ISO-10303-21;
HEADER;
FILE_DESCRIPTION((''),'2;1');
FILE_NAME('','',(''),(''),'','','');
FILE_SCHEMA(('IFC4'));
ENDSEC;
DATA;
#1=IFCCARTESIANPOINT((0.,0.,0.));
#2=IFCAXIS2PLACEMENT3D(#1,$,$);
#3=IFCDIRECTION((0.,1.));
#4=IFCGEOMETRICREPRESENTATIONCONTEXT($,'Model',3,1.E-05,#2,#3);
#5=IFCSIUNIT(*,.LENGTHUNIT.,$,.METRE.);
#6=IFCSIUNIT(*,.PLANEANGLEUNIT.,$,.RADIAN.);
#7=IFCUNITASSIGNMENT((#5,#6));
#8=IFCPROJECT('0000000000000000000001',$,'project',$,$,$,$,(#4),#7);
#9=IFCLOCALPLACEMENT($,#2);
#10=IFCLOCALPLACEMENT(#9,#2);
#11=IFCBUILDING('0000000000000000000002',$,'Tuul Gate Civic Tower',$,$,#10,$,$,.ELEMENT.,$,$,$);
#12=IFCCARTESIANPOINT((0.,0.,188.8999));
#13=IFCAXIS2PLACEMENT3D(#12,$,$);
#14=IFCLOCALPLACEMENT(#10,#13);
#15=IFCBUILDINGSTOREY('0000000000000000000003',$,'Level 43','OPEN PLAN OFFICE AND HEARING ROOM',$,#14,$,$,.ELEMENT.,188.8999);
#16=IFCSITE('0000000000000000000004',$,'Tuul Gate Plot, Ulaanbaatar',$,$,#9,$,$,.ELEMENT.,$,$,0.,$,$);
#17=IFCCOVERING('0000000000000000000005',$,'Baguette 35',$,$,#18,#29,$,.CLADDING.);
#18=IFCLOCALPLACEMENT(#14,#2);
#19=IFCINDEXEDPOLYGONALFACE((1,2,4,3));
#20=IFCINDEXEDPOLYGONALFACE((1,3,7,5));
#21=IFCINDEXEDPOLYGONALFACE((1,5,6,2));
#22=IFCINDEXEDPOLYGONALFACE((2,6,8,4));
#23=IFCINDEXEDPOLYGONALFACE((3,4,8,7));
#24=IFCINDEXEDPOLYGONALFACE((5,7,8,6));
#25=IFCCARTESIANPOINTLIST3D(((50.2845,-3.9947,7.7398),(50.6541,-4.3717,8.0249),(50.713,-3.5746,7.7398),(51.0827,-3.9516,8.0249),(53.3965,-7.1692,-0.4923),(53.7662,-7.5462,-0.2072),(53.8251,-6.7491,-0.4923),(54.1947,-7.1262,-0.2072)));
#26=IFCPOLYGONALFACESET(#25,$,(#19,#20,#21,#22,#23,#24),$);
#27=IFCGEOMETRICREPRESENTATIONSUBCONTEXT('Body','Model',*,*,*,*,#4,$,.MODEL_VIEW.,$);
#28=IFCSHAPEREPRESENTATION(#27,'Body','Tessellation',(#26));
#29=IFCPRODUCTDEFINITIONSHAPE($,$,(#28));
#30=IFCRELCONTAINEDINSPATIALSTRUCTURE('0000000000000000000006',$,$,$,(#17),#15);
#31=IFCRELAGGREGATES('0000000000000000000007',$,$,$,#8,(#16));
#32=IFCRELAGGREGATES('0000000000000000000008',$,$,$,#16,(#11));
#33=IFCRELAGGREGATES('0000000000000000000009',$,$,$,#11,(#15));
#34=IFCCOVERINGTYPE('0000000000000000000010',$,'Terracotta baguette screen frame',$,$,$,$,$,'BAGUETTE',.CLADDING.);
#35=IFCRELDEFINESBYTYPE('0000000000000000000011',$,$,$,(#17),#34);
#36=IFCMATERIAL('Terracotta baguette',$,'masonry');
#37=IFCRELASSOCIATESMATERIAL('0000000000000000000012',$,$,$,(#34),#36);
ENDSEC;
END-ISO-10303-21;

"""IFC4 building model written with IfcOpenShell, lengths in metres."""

from ifc_helpers import new_model, si_unit, direction, frame, origin, origin_2d, place, context, subcontext, project, spatial, rectangle, extrude, material, material_profile, profile_set, type_object, element, save


model = new_model("IFC4")

# Units and contexts
model_context = context("Model", 3, precision=1e-05, world=origin(), true_north=direction((0.0, 1.0)))
body_context = subcontext(model_context, "Body", "Model", "MODEL_VIEW")
ifc_project = project(units=[si_unit("LENGTHUNIT", "METRE"), si_unit("PLANEANGLEUNIT", "RADIAN")], contexts=[model_context])

# Site, building, storey
site_placement = place(None, origin())
site = spatial("IfcSite", under=ifc_project, at=site_placement, Name="Tuul Gate Plot, Ulaanbaatar", CompositionType="ELEMENT", RefElevation=0.0)
building_placement = place(site_placement, origin())
building = spatial("IfcBuilding", under=site, at=building_placement, Name="Tuul Gate Civic Tower", CompositionType="ELEMENT")
storey_placement = place(building_placement, frame((0.0, 0.0, 188.8999)))
storey = spatial("IfcBuildingStorey", under=building, at=storey_placement, Name="Level 43", Description="OPEN PLAN OFFICE AND HEARING ROOM", CompositionType="ELEMENT", Elevation=188.8999)

# Covering
ifc_material_1 = material(Name="Terracotta baguette", Category="masonry")
ifc_material_profile_1 = material_profile(ifc_material_1, rectangle(XDim=0.6001, YDim=0.6001, at=origin_2d()), Name="Terracotta baguette screen frame")
ifc_profile_set_1 = profile_set([ifc_material_profile_1], Name="Terracotta baguette")
covering_type = type_object("IfcCoveringType", Name="Terracotta baguette screen frame", ElementType="BAGUETTE", PredefinedType="CLADDING", material=ifc_profile_set_1)
covering_placement = place(storey_placement, frame((50.6836, -3.9731, 7.8823), z_axis=(0.332633, -0.339314, -0.879898), x_axis=(0.714101, 0.700042, 0.0)))
element("IfcCovering", 1, at=covering_placement, inside=storey, type_object=covering_type, Name="Baguette 35", PredefinedType="CLADDING", context=body_context, shape_type="SweptSolid", body=[
    extrude(rectangle(XDim=0.6001, YDim=0.6001, at=origin_2d()), origin(), (0.0, 0.0, 1.0), 9.3557),
])

save(model, "model.ifc")
